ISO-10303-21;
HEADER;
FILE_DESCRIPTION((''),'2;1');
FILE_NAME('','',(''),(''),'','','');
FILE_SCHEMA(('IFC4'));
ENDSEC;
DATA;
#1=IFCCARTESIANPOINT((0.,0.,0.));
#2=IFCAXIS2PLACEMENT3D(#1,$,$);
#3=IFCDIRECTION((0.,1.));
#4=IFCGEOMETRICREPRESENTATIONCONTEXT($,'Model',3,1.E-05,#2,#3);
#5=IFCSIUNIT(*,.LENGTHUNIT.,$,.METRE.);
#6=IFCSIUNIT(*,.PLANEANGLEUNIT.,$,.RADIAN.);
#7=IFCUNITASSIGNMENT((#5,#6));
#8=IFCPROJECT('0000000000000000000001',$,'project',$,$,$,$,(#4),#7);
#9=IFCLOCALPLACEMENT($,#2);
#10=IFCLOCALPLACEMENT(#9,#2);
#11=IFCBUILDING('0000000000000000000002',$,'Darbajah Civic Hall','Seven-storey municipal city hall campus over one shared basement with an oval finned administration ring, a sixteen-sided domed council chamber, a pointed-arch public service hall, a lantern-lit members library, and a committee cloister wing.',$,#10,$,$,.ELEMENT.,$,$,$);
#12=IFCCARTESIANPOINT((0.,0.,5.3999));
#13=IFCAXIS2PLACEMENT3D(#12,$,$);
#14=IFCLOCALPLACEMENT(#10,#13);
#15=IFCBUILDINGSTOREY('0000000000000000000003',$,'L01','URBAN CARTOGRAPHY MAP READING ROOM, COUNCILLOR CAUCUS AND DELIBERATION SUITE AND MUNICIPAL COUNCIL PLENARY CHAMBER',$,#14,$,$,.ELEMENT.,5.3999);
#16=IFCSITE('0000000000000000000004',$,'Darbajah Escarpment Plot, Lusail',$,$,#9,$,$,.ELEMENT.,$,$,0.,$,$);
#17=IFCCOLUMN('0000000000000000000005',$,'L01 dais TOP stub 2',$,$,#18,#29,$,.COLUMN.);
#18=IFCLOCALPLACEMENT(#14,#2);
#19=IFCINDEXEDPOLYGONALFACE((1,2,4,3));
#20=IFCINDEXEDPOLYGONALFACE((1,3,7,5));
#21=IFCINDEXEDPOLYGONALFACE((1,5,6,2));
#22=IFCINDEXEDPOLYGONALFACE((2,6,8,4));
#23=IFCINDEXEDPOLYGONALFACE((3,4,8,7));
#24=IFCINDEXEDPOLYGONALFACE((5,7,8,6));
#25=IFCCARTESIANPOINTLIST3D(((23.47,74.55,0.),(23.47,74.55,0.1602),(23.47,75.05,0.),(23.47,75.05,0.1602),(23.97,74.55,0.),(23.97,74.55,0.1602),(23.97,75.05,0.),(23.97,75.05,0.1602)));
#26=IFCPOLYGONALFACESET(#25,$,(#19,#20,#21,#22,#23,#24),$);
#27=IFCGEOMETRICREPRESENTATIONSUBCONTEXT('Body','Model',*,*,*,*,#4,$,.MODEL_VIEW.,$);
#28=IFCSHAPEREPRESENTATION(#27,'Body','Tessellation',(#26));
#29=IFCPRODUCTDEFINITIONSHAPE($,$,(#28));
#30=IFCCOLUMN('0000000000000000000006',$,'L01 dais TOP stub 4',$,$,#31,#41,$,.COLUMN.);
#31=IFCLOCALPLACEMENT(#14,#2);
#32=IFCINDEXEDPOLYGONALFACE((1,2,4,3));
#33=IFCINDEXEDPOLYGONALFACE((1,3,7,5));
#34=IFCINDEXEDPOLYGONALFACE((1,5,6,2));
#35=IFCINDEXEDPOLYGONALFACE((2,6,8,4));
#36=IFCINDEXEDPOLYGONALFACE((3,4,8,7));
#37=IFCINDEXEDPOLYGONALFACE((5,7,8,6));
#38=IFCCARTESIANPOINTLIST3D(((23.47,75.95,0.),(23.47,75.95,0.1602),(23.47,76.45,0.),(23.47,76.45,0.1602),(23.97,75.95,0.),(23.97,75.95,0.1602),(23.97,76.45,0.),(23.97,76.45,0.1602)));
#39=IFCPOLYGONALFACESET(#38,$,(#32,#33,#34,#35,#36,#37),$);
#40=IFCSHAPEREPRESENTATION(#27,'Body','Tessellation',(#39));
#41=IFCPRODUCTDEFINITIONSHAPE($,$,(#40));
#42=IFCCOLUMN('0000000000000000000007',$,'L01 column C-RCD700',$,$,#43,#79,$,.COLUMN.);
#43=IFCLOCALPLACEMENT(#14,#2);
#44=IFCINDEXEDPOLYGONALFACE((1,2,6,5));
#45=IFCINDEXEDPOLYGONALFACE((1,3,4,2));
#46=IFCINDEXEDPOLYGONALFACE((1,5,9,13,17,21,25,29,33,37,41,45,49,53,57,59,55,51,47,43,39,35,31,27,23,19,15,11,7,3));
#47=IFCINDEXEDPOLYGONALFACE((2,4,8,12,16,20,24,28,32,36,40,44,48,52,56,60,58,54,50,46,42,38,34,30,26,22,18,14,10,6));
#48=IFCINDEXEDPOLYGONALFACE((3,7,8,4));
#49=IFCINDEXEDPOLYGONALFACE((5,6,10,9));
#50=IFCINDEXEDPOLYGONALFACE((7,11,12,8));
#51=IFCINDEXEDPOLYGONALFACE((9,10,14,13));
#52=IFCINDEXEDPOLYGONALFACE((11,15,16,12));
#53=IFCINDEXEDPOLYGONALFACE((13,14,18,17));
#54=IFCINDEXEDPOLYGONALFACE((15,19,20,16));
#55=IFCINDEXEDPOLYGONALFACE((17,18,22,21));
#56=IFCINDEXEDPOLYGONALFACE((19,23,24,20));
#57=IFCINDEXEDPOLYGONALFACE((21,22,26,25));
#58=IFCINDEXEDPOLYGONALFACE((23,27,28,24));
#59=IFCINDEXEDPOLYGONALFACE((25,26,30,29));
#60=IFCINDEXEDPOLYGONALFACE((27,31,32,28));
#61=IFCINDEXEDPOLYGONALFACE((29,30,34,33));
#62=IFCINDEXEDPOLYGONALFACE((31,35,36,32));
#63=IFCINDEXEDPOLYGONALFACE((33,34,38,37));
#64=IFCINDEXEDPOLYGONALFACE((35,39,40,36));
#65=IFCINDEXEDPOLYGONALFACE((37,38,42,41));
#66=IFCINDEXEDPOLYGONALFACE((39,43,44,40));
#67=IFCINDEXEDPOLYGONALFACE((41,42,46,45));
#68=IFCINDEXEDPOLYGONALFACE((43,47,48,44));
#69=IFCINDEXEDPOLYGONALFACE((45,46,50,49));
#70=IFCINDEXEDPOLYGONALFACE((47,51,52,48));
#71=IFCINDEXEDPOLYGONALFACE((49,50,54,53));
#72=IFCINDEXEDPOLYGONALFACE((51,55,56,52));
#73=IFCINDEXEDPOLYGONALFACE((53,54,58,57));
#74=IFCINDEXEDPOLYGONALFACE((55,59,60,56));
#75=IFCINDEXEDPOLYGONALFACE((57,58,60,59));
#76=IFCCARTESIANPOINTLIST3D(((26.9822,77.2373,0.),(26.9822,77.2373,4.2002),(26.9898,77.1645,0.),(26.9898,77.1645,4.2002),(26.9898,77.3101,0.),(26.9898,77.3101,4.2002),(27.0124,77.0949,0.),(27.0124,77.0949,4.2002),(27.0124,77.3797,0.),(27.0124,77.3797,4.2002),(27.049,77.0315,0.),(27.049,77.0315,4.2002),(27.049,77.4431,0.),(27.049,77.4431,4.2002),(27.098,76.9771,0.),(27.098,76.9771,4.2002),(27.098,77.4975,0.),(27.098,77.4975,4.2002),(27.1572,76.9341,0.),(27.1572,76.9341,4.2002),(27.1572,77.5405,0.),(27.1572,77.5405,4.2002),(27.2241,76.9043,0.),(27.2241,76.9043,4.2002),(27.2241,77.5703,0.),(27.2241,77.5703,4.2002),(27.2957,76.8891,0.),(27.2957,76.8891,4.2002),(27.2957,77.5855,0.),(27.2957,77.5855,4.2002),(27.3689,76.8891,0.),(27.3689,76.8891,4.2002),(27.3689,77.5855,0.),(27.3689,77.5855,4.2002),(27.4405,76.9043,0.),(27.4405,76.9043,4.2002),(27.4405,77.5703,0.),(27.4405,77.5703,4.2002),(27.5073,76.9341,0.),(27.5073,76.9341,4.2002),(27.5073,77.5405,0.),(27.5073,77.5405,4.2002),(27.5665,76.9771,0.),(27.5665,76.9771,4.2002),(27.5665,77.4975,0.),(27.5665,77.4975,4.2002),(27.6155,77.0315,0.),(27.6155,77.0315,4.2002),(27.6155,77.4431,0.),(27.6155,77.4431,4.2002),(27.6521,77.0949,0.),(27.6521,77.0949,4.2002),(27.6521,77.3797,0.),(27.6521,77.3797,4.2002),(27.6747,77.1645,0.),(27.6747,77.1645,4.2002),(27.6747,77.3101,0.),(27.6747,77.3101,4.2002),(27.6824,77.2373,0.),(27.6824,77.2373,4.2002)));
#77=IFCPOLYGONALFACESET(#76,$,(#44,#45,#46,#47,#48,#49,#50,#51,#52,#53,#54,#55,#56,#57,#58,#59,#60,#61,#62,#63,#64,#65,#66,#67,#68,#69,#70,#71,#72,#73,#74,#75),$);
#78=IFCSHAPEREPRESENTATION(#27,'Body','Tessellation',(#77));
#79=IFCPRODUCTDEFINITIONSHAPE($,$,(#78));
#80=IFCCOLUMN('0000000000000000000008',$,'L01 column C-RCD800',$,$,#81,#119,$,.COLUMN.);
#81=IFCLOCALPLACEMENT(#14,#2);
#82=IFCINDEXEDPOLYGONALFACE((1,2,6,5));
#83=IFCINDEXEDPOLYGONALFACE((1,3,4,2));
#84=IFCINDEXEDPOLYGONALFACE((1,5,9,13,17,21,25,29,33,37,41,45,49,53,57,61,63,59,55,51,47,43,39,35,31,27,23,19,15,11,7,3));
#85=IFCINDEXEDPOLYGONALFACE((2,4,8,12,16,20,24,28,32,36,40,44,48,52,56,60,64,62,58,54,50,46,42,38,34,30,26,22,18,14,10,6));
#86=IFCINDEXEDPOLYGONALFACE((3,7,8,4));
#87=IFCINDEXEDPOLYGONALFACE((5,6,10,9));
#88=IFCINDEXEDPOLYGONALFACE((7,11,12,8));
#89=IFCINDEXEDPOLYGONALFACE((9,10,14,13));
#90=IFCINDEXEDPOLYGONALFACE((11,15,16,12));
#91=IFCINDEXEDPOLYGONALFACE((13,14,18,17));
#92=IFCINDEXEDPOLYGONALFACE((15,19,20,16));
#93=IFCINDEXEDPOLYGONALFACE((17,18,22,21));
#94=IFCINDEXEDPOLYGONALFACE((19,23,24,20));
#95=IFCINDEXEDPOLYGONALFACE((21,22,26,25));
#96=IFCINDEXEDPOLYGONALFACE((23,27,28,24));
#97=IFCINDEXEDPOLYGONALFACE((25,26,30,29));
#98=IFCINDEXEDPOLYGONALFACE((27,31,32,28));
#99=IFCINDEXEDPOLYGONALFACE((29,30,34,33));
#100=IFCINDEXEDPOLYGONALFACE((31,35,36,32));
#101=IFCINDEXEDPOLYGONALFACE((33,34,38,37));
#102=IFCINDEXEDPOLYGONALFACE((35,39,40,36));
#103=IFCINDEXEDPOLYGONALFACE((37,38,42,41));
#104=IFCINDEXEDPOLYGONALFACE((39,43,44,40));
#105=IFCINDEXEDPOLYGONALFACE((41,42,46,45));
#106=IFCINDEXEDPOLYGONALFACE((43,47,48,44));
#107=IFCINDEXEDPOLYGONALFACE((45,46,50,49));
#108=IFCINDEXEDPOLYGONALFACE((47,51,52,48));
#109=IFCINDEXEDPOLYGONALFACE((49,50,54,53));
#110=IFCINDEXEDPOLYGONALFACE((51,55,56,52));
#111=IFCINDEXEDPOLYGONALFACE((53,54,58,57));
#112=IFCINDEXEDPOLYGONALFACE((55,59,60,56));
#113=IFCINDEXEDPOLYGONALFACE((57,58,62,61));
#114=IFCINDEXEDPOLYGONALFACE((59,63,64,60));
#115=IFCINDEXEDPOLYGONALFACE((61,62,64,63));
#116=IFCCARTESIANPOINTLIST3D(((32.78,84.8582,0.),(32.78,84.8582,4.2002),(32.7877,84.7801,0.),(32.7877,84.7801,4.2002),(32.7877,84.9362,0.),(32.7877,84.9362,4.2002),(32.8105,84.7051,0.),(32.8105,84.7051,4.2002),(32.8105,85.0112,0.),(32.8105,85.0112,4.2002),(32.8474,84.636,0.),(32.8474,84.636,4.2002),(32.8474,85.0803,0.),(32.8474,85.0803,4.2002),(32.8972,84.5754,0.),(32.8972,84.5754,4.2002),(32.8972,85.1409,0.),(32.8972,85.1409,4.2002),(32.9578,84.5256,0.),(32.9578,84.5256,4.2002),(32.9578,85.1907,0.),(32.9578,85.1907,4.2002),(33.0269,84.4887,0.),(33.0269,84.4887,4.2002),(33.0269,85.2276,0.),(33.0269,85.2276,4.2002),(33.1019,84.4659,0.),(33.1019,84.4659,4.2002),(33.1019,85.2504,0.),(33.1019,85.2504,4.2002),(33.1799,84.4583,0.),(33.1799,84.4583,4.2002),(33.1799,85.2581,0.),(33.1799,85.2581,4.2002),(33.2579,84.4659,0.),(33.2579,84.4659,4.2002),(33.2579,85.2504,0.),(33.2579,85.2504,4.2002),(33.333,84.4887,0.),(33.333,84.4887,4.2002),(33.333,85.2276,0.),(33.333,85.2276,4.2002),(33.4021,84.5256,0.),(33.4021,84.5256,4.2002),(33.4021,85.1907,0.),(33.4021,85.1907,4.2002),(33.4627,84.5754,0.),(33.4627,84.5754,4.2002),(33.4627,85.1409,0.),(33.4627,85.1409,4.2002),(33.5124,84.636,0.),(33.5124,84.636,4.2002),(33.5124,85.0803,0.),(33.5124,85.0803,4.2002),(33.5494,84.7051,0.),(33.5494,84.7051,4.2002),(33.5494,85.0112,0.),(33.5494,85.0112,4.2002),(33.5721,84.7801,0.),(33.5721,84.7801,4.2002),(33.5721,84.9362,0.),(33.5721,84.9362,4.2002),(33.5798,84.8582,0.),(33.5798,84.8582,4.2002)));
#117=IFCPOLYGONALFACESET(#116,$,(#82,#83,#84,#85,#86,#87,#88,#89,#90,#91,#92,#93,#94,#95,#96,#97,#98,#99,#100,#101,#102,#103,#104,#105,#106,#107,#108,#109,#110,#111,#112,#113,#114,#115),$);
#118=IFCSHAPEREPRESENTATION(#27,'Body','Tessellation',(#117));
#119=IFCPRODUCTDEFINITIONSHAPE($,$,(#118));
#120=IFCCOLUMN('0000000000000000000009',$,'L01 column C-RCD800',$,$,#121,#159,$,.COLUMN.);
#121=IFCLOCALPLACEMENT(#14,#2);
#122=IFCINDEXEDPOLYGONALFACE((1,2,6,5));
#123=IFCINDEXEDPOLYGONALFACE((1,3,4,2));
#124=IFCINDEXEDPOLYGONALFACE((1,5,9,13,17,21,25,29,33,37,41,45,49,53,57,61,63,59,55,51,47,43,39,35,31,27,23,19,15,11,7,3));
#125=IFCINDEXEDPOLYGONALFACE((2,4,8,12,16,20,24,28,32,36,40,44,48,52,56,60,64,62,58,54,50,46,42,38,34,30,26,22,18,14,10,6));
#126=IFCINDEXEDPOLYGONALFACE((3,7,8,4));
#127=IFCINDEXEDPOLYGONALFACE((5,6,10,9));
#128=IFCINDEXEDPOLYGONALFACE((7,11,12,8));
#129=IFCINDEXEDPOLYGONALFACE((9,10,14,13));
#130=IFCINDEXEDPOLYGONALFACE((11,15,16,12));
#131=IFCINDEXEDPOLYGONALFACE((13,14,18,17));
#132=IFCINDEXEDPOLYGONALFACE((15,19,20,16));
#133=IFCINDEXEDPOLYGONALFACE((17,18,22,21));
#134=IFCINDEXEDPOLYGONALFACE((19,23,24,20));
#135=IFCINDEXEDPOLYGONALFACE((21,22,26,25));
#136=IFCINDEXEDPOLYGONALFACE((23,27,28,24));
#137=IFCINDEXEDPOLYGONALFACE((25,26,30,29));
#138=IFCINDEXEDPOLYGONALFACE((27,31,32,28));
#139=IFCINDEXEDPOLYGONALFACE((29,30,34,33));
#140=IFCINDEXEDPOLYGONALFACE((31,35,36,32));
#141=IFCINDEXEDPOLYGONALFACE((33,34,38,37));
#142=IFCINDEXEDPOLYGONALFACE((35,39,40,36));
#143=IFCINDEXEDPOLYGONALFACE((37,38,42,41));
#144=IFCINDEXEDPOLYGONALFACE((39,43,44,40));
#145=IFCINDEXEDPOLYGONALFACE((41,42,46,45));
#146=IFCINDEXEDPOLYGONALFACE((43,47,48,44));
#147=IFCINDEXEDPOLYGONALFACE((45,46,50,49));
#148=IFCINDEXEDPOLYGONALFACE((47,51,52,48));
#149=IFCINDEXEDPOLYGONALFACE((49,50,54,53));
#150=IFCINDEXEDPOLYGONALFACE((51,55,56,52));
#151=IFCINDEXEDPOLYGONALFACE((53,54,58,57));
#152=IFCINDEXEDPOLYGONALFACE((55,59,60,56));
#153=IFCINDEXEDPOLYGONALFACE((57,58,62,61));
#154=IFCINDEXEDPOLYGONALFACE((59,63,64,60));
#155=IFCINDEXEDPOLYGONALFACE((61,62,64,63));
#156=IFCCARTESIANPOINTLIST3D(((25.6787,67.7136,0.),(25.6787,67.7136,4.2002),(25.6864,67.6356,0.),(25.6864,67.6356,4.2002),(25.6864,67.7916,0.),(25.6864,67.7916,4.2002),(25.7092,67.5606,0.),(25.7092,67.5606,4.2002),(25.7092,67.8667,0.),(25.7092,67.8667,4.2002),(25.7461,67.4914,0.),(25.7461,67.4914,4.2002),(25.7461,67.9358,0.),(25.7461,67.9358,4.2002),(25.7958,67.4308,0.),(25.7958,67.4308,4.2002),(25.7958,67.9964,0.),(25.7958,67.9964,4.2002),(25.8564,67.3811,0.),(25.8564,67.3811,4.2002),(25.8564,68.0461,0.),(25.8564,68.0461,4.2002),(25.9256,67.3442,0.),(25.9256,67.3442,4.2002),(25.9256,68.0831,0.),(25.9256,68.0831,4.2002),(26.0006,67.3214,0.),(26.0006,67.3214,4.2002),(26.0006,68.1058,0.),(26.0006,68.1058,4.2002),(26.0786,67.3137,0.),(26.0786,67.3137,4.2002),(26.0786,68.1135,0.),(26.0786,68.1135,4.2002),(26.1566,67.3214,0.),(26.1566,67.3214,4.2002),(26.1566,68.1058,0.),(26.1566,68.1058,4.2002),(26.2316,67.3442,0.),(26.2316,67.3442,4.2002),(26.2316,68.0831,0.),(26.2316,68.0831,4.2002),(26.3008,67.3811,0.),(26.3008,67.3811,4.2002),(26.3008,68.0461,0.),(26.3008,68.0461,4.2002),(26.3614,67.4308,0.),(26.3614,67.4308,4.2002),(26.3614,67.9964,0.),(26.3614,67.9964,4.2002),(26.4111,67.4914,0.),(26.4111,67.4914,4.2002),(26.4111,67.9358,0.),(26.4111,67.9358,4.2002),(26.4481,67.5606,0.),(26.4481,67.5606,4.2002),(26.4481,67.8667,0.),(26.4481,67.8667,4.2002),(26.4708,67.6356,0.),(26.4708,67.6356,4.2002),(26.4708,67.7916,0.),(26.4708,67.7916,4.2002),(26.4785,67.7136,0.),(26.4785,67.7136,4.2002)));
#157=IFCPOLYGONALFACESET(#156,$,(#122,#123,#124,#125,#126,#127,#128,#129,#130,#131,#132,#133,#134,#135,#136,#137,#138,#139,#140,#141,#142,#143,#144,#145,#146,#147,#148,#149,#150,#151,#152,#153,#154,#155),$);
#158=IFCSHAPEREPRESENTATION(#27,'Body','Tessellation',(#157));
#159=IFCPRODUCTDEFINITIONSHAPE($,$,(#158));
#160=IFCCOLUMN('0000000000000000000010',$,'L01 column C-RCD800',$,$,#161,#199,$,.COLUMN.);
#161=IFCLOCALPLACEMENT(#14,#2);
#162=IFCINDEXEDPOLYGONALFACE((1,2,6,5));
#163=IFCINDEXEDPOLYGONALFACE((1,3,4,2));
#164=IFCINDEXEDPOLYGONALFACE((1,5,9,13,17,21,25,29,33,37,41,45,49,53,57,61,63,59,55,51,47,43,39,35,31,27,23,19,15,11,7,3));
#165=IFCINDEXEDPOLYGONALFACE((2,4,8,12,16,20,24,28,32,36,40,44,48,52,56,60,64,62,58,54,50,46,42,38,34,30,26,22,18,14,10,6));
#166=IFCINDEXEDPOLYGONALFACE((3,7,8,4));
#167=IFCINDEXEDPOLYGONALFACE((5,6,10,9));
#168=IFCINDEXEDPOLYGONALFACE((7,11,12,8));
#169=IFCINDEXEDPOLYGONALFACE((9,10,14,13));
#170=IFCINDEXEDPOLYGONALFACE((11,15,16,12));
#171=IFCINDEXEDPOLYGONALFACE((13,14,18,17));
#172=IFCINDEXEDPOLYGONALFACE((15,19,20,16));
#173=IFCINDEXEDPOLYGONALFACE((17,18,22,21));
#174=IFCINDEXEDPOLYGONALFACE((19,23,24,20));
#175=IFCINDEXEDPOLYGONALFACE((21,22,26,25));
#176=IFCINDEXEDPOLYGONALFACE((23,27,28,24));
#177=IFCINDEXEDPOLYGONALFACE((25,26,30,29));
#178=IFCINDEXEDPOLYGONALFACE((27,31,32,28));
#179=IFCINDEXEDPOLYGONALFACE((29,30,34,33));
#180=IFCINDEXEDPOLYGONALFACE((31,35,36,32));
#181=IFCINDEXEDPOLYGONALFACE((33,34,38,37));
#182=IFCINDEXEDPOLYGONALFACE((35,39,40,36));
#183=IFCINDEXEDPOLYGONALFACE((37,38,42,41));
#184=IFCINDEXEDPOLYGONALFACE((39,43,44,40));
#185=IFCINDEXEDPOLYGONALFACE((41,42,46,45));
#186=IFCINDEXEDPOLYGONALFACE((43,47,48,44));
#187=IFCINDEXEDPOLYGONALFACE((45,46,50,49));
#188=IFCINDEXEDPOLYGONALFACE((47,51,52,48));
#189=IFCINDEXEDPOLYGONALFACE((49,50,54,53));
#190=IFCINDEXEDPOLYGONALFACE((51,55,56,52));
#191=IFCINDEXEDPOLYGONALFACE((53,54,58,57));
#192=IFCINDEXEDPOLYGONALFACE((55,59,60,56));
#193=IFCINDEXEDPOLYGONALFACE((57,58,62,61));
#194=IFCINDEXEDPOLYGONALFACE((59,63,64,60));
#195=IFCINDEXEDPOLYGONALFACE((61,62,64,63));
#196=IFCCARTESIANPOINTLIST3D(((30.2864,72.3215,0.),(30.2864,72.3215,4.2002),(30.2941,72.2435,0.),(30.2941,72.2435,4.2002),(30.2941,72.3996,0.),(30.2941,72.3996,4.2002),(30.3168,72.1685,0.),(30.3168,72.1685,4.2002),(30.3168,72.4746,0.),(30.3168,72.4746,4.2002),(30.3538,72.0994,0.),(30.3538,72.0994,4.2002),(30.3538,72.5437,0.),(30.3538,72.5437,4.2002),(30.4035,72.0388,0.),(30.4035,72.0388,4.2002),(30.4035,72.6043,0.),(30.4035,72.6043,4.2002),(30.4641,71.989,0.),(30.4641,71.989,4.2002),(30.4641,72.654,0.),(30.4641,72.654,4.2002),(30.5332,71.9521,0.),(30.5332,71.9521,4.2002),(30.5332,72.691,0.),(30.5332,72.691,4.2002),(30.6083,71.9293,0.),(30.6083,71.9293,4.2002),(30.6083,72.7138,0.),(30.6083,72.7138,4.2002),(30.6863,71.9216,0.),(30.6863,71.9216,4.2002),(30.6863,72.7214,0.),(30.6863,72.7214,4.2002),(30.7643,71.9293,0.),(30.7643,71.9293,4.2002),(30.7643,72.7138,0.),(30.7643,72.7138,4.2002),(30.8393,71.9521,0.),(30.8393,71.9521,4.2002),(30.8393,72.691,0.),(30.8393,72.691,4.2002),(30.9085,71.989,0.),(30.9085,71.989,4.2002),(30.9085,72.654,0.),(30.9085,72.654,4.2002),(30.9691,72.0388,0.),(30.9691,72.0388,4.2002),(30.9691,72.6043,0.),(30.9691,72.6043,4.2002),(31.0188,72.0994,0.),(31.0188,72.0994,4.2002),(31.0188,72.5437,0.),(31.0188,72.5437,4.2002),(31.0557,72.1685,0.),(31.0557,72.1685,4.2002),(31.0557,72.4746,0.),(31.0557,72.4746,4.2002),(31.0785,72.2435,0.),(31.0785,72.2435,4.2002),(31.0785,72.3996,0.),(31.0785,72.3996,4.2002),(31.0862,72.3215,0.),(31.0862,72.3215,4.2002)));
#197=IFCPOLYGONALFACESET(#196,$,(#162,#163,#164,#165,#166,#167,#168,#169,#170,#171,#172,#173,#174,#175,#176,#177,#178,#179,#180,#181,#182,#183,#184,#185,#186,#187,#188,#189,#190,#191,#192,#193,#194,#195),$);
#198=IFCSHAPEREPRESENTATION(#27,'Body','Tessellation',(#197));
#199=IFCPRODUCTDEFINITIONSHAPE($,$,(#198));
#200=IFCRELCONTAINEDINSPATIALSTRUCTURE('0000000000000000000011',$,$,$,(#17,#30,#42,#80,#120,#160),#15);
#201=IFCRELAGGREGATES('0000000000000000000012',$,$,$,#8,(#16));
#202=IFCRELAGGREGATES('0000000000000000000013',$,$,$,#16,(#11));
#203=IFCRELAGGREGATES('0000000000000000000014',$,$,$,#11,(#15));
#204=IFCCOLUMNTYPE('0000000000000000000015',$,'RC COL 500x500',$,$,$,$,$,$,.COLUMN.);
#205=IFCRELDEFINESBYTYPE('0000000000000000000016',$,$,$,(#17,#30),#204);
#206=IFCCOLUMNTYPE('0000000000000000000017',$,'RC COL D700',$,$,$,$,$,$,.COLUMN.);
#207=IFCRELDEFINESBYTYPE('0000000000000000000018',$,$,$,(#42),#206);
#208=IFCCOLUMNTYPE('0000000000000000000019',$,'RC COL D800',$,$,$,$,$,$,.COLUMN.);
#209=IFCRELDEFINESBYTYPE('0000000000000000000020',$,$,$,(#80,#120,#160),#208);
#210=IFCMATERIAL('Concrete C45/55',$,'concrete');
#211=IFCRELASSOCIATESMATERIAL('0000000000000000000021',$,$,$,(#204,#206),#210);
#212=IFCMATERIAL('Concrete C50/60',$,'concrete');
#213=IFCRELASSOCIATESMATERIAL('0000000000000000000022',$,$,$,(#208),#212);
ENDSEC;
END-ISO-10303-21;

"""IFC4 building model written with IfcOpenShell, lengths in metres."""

from ifc_helpers import new_model, si_unit, direction, frame, origin, origin_2d, place, context, subcontext, project, spatial, rectangle, circle, extrude, material, material_profile, profile_set, type_object, element, save


model = new_model("IFC4")

# Units and contexts
model_context = context("Model", 3, precision=1e-05, world=origin(), true_north=direction((0.0, 1.0)))
body_context = subcontext(model_context, "Body", "Model", "MODEL_VIEW")
ifc_project = project(units=[si_unit("LENGTHUNIT", "METRE"), si_unit("PLANEANGLEUNIT", "RADIAN")], contexts=[model_context])

# Site, building, storey
site_placement = place(None, origin())
site = spatial("IfcSite", under=ifc_project, at=site_placement, Name="Darbajah Escarpment Plot, Lusail", CompositionType="ELEMENT", RefElevation=0.0)
building_placement = place(site_placement, origin())
building = spatial("IfcBuilding", under=site, at=building_placement, Name="Darbajah Civic Hall", Description="Seven-storey municipal city hall campus over one shared basement with an oval finned administration ring, a sixteen-sided domed council chamber, a pointed-arch public service hall, a lantern-lit members library, and a committee cloister wing.", CompositionType="ELEMENT")
storey_placement = place(building_placement, frame((0.0, 0.0, 5.3999)))
storey = spatial("IfcBuildingStorey", under=building, at=storey_placement, Name="L01", Description="URBAN CARTOGRAPHY MAP READING ROOM, COUNCILLOR CAUCUS AND DELIBERATION SUITE AND MUNICIPAL COUNCIL PLENARY CHAMBER", CompositionType="ELEMENT", Elevation=5.3999)

# Columns
ifc_material_1 = material(Name="Concrete C45/55", Category="concrete")
ifc_material_profile_1 = material_profile(ifc_material_1, rectangle(XDim=0.5, YDim=0.5, at=origin_2d()), Name="RC COL 500x500")
ifc_profile_set_1 = profile_set([ifc_material_profile_1], Name="Concrete C45/55")
column_type_1 = type_object("IfcColumnType", Name="RC COL 500x500", PredefinedType="COLUMN", material=ifc_profile_set_1)
for number, where, z_axis, x_axis, name in (
    (1, (23.72, 74.8, 0.0), (0.0, 0.0, 1.0), (1.0, 0.0, 0.0), "L01 dais TOP stub 2"),
    (2, (23.72, 76.2, 0.0), (0.0, 0.0, 1.0), (1.0, 0.0, 0.0), "L01 dais TOP stub 4"),
):
    element("IfcColumn", number, at=place(storey_placement, frame(where, z_axis=z_axis, x_axis=x_axis)), inside=storey, type_object=column_type_1, Name=name, PredefinedType="COLUMN", context=body_context, shape_type="SweptSolid", body=[
        extrude(rectangle(XDim=0.5, YDim=0.5, at=origin_2d()), origin(), (0.0, 0.0, 1.0), 0.1602),
    ])
ifc_material_profile_2 = material_profile(ifc_material_1, circle(Radius=0.3501, at=origin_2d()), Name="RC COL D700")
ifc_profile_set_2 = profile_set([ifc_material_profile_2], Name="Concrete C45/55")
column_type_2 = type_object("IfcColumnType", Name="RC COL D700", PredefinedType="COLUMN", material=ifc_profile_set_2)
column_placement = place(storey_placement, frame((27.3323, 77.2373, 0.0), z_axis=(0.0, 0.0, 1.0), x_axis=(1.0, 0.0, 0.0)))
element("IfcColumn", 3, at=column_placement, inside=storey, type_object=column_type_2, Name="L01 column C-RCD700", PredefinedType="COLUMN", context=body_context, shape_type="SweptSolid", body=[
    extrude(circle(Radius=0.3501, at=origin_2d()), origin(), (0.0, 0.0, 1.0), 4.2002),
])
ifc_material_2 = material(Name="Concrete C50/60", Category="concrete")
ifc_material_profile_3 = material_profile(ifc_material_2, circle(Radius=0.3999, at=origin_2d()), Name="RC COL D800")
ifc_profile_set_3 = profile_set([ifc_material_profile_3], Name="Concrete C50/60")
column_type_3 = type_object("IfcColumnType", Name="RC COL D800", PredefinedType="COLUMN", material=ifc_profile_set_3)
for number, where, z_axis, x_axis, name in (
    (4, (33.1799, 84.8582, 0.0), (0.0, 0.0, 1.0), (1.0, 0.0, 0.0), "L01 column C-RCD800"),
    (5, (26.0786, 67.7136, 0.0), (0.0, 0.0, 1.0), (1.0, 0.0, 0.0), "L01 column C-RCD800"),
    (6, (30.6863, 72.3215, 0.0), (0.0, 0.0, 1.0), (1.0, 0.0, 0.0), "L01 column C-RCD800"),
):
    element("IfcColumn", number, at=place(storey_placement, frame(where, z_axis=z_axis, x_axis=x_axis)), inside=storey, type_object=column_type_3, Name=name, PredefinedType="COLUMN", context=body_context, shape_type="SweptSolid", body=[
        extrude(circle(Radius=0.3999, at=origin_2d()), origin(), (0.0, 0.0, 1.0), 4.2002),
    ])

save(model, "model.ifc")
